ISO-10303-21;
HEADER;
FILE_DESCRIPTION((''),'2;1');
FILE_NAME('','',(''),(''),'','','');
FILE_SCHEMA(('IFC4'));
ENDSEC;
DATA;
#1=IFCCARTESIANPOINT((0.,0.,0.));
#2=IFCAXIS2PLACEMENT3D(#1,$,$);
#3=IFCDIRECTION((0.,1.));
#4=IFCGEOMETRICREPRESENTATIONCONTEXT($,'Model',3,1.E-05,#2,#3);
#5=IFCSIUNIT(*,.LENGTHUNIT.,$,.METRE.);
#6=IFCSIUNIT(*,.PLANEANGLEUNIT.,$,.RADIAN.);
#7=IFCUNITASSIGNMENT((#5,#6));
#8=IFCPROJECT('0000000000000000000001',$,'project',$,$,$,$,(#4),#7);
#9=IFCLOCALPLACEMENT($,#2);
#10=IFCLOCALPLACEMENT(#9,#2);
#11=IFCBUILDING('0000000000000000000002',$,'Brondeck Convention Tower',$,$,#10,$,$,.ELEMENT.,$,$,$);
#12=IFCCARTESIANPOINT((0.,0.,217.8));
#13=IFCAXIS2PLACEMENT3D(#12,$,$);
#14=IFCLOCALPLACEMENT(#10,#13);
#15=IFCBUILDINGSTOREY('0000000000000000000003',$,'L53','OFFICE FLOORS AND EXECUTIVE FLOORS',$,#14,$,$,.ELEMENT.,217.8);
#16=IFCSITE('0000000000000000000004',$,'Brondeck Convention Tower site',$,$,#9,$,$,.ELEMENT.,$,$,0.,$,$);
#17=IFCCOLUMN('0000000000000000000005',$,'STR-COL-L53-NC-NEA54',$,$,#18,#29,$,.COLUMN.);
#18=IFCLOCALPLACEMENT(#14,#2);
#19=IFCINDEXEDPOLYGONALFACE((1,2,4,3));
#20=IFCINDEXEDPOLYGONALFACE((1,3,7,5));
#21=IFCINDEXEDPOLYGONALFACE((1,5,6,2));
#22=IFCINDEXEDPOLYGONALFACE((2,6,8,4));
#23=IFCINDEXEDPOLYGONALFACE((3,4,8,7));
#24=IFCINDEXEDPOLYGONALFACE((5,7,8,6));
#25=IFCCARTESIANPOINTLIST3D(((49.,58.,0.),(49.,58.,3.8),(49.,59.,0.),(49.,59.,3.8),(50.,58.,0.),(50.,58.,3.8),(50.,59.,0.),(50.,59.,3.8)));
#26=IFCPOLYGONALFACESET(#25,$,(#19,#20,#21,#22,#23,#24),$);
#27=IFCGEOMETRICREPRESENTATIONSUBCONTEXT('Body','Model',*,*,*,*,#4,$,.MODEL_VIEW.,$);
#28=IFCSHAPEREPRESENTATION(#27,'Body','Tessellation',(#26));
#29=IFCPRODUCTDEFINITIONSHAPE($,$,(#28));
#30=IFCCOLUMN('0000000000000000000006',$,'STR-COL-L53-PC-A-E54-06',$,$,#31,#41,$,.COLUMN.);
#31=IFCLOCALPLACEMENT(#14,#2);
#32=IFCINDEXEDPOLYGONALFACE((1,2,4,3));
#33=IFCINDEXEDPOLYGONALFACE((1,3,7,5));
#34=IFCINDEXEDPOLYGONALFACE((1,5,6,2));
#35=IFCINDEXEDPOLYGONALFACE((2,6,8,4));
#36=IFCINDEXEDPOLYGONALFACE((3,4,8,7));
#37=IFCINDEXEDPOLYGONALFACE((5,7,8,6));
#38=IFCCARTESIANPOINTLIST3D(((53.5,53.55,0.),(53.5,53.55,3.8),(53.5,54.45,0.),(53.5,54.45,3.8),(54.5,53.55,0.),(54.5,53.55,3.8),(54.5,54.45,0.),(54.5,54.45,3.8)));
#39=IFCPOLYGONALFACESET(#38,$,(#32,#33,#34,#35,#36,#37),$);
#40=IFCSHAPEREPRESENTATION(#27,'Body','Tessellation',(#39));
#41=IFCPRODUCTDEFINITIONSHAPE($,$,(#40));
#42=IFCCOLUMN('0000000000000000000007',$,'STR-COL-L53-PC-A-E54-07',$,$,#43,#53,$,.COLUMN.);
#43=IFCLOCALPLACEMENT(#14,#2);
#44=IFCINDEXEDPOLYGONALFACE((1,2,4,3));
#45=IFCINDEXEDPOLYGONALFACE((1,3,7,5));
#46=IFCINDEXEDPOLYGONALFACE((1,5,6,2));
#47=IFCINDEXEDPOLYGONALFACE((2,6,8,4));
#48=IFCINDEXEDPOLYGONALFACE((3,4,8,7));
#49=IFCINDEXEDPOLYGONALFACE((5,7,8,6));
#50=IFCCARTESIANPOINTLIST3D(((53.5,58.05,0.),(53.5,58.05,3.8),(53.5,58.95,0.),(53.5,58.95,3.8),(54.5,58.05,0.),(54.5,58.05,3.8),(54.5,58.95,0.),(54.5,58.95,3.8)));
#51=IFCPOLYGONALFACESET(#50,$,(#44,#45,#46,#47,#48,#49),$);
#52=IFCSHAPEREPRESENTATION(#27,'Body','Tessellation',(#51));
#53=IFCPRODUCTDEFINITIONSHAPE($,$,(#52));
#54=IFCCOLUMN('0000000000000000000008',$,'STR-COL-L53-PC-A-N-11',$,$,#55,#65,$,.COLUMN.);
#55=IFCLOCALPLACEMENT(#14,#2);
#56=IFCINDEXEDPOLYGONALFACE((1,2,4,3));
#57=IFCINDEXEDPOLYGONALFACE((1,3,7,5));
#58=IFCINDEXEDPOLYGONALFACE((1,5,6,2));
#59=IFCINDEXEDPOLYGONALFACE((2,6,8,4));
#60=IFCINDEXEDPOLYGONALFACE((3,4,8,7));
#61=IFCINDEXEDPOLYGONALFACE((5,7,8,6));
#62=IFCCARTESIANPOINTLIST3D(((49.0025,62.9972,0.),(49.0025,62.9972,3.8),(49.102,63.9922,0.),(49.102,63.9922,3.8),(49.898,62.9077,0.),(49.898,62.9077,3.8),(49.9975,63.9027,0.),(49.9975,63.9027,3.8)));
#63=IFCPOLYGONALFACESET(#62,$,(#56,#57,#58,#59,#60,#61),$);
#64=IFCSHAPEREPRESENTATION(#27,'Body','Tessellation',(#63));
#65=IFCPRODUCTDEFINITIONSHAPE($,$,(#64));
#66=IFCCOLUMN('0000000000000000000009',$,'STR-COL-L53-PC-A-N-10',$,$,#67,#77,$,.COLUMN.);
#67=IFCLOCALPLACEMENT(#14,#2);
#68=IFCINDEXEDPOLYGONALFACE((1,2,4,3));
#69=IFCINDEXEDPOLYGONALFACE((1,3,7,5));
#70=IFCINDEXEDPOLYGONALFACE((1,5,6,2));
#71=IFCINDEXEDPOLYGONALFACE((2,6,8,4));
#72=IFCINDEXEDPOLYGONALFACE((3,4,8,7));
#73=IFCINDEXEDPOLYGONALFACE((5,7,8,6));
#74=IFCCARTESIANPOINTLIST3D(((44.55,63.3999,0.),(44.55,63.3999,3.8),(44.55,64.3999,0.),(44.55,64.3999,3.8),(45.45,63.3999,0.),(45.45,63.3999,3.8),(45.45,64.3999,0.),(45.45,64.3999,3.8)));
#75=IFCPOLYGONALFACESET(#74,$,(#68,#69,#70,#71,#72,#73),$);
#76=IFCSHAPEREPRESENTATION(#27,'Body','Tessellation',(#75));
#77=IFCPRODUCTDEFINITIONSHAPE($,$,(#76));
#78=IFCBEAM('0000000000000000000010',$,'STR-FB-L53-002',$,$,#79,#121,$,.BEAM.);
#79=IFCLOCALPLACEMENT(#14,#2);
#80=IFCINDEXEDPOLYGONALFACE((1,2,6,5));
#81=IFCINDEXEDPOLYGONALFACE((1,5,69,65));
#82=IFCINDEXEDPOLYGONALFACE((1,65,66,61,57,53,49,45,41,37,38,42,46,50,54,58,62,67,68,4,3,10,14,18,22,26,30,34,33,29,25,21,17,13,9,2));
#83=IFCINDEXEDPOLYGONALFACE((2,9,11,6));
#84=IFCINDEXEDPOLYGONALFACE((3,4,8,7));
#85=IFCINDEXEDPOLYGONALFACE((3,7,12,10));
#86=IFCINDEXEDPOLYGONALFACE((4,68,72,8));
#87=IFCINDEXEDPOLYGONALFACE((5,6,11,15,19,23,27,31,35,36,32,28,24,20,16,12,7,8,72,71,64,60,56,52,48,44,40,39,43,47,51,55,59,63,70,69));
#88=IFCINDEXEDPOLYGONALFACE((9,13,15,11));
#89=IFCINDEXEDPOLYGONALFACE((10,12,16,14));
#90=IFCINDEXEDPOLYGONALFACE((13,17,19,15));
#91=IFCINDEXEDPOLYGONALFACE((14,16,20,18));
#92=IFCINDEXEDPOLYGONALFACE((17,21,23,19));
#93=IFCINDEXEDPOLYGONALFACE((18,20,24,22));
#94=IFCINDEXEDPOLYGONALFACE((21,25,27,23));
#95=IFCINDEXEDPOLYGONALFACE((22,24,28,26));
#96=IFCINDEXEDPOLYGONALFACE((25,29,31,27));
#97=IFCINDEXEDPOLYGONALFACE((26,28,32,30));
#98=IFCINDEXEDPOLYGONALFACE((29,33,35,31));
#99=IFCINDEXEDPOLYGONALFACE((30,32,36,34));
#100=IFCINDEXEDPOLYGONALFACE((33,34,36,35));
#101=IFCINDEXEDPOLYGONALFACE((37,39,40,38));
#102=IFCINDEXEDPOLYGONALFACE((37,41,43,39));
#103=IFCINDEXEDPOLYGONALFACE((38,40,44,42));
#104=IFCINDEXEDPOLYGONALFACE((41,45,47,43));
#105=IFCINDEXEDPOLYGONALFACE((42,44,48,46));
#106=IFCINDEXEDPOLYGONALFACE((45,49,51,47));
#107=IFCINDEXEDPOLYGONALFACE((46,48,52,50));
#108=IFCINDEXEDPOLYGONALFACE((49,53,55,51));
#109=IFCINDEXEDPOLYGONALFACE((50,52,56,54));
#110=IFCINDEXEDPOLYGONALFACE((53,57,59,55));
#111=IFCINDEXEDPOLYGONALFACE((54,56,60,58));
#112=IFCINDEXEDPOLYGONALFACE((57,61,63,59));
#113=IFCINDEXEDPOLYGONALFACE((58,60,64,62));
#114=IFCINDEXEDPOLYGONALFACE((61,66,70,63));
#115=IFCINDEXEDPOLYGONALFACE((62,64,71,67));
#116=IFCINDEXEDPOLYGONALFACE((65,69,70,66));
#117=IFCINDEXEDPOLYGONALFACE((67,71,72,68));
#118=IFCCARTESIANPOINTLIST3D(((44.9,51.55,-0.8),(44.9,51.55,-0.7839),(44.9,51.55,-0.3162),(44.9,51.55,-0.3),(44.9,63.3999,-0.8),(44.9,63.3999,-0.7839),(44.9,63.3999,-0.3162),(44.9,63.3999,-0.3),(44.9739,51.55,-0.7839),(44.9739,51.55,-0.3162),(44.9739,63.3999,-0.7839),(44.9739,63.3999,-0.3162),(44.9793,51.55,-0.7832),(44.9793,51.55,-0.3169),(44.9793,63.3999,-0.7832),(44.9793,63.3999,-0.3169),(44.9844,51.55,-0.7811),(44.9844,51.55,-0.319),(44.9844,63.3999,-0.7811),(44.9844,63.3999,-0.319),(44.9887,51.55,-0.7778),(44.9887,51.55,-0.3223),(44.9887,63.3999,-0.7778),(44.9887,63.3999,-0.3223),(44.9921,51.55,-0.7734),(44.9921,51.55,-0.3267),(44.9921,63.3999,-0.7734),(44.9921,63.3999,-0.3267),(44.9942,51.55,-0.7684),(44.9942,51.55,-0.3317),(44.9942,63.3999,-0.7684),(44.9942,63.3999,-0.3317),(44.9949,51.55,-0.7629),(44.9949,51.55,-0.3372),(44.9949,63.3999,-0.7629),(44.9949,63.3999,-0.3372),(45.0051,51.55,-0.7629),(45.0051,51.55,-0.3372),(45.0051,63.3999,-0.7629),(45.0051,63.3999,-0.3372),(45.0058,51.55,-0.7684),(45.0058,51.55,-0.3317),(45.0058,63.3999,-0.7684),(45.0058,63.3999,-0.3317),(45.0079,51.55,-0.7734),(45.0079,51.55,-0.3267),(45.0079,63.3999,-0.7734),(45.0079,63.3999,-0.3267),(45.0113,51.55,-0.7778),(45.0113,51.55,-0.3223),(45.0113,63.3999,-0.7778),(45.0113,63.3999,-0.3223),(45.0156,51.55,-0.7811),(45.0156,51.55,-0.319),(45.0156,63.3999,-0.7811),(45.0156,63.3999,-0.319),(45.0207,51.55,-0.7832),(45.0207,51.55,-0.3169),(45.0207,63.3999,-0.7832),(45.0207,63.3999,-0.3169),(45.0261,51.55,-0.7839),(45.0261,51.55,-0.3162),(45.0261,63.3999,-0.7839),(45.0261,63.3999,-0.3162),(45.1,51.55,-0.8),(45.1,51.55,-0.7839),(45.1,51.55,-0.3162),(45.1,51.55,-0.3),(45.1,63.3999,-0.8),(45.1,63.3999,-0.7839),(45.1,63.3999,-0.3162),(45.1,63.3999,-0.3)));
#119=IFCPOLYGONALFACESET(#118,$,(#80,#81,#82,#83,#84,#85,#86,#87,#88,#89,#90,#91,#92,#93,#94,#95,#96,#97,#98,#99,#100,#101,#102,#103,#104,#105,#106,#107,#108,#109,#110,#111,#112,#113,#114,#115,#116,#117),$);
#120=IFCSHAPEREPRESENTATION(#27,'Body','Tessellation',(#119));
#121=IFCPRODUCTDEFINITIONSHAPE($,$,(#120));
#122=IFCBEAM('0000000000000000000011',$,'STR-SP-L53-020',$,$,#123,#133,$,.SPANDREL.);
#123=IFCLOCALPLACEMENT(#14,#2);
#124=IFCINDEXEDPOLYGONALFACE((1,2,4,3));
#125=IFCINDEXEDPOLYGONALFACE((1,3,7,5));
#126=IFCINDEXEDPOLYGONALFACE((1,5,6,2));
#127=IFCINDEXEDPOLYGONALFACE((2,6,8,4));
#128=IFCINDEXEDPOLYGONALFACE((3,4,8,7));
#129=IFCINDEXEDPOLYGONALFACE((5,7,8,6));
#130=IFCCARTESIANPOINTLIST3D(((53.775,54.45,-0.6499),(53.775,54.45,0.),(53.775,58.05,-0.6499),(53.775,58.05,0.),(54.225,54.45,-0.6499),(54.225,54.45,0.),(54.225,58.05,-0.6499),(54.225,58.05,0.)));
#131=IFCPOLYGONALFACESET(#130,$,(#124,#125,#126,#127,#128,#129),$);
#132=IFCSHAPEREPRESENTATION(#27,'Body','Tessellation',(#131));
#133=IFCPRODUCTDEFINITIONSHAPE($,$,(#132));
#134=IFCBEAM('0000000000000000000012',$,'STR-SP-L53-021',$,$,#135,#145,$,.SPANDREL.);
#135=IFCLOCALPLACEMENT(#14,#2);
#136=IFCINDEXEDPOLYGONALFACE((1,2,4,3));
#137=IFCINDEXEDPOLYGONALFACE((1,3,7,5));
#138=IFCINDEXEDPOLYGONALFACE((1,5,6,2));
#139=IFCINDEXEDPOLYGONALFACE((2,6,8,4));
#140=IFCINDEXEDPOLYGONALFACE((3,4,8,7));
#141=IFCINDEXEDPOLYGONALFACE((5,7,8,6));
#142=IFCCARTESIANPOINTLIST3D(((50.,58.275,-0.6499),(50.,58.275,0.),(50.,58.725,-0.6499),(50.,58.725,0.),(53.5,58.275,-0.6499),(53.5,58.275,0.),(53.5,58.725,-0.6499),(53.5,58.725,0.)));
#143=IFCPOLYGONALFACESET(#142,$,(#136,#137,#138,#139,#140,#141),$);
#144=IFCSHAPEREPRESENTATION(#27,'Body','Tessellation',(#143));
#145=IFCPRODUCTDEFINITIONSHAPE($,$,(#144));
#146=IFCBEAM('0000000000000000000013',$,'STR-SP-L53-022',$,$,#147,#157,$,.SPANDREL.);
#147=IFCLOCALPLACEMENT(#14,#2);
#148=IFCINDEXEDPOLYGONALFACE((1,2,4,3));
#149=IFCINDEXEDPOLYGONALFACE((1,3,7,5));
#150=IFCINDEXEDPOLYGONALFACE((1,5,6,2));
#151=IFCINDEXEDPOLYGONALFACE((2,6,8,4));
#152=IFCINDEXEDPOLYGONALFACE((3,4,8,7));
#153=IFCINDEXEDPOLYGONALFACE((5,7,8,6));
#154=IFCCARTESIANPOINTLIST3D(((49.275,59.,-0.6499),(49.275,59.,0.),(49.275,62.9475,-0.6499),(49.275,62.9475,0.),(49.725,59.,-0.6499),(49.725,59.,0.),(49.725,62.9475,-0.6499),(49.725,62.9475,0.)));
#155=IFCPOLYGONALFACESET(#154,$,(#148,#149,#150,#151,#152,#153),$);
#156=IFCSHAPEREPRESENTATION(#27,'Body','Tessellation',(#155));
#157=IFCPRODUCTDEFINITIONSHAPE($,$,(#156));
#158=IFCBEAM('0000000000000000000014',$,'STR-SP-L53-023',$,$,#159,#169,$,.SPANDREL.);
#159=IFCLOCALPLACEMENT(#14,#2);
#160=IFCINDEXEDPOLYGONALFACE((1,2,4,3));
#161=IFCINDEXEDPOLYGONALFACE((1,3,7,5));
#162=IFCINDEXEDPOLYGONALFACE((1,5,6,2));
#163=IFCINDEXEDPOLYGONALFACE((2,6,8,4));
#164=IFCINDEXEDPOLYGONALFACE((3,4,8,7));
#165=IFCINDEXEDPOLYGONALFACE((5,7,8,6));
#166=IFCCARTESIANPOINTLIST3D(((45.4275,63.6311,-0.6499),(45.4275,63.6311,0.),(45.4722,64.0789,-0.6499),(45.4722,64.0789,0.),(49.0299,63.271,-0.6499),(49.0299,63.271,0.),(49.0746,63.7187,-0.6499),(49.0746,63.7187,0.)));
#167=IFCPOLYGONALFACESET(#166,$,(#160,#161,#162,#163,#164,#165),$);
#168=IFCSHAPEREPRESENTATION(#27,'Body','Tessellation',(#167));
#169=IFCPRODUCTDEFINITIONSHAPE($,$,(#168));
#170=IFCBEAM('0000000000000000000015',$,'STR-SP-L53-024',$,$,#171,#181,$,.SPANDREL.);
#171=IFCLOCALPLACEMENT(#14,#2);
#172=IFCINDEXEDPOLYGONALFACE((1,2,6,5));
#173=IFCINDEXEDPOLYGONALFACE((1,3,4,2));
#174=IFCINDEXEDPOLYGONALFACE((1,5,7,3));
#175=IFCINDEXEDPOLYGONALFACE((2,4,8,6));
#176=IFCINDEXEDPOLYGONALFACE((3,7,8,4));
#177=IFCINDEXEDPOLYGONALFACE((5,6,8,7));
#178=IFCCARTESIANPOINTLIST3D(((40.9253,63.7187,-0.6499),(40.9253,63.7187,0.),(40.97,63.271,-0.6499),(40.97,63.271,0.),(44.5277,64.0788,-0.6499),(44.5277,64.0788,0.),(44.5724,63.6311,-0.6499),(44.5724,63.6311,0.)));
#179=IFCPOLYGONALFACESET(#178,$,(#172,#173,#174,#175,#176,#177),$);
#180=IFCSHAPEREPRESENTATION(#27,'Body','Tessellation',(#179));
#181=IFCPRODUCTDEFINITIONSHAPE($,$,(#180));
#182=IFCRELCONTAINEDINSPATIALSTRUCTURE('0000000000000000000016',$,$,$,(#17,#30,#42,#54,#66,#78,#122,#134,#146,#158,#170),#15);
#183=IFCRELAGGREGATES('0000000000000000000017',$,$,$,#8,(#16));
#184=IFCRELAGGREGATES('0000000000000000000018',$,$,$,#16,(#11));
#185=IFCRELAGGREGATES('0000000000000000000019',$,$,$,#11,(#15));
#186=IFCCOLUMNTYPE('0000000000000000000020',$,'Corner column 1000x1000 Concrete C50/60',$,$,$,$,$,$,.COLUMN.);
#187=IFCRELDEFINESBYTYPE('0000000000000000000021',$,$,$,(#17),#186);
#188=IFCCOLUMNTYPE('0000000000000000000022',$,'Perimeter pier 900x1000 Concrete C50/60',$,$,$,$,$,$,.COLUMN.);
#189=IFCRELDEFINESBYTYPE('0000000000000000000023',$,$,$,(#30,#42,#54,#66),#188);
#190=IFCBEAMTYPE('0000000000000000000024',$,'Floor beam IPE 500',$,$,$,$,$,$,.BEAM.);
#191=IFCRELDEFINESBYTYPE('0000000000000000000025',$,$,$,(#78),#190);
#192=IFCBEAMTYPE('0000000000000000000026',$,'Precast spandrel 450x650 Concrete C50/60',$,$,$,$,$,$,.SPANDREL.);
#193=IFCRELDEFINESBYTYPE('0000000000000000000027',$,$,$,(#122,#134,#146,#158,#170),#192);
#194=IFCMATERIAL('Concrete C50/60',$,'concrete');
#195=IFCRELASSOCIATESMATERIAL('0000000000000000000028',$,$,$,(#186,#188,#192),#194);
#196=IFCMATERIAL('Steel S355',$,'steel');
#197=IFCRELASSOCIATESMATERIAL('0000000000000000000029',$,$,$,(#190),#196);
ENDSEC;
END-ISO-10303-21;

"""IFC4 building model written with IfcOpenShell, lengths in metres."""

from ifc_helpers import new_model, si_unit, direction, frame, origin, origin_2d, place, context, subcontext, project, spatial, rectangle, i_section, extrude, material, material_profile, profile_set, type_object, element, save


model = new_model("IFC4")

# Units and contexts
model_context = context("Model", 3, precision=1e-05, world=origin(), true_north=direction((0.0, 1.0)))
body_context = subcontext(model_context, "Body", "Model", "MODEL_VIEW")
ifc_project = project(units=[si_unit("LENGTHUNIT", "METRE"), si_unit("PLANEANGLEUNIT", "RADIAN")], contexts=[model_context])

# Site, building, storey
site_placement = place(None, origin())
site = spatial("IfcSite", under=ifc_project, at=site_placement, Name="Brondeck Convention Tower site", CompositionType="ELEMENT", RefElevation=0.0)
building_placement = place(site_placement, origin())
building = spatial("IfcBuilding", under=site, at=building_placement, Name="Brondeck Convention Tower", CompositionType="ELEMENT")
storey_placement = place(building_placement, frame((0.0, 0.0, 217.8)))
storey = spatial("IfcBuildingStorey", under=building, at=storey_placement, Name="L53", Description="OFFICE FLOORS AND EXECUTIVE FLOORS", CompositionType="ELEMENT", Elevation=217.8)

# Columns
ifc_material_1 = material(Name="Concrete C50/60", Category="concrete")
ifc_material_profile_1 = material_profile(ifc_material_1, rectangle(XDim=1.0, YDim=1.0, at=origin_2d()), Name="Corner column 1000x1000 Concrete C50/60")
ifc_profile_set_1 = profile_set([ifc_material_profile_1], Name="Concrete C50/60")
column_type_1 = type_object("IfcColumnType", Name="Corner column 1000x1000 Concrete C50/60", PredefinedType="COLUMN", material=ifc_profile_set_1)
column_placement = place(storey_placement, frame((49.5, 58.5, 0.0), z_axis=(0.0, 0.0, 1.0), x_axis=(1.0, 0.0, 0.0)))
element("IfcColumn", 1, at=column_placement, inside=storey, type_object=column_type_1, Name="STR-COL-L53-NC-NEA54", PredefinedType="COLUMN", context=body_context, shape_type="SweptSolid", body=[
    extrude(rectangle(XDim=1.0, YDim=1.0, at=origin_2d()), origin(), (0.0, 0.0, 1.0), 3.8),
])
ifc_material_profile_2 = material_profile(ifc_material_1, rectangle(XDim=0.8999, YDim=1.0, at=origin_2d()), Name="Perimeter pier 900x1000 Concrete C50/60")
ifc_profile_set_2 = profile_set([ifc_material_profile_2], Name="Concrete C50/60")
column_type_2 = type_object("IfcColumnType", Name="Perimeter pier 900x1000 Concrete C50/60", PredefinedType="COLUMN", material=ifc_profile_set_2)
for number, where, z_axis, x_axis, name in (
    (2, (54.0, 54.0, 0.0), (0.0, 0.0, 1.0), (0.0, 1.0, 0.0), "STR-COL-L53-PC-A-E54-06"),
    (3, (54.0, 58.5, 0.0), (0.0, 0.0, 1.0), (0.0, 1.0, 0.0), "STR-COL-L53-PC-A-E54-07"),
    (4, (49.5, 63.45, 0.0), (0.0, 0.0, 1.0), (-0.995037, 0.099504, 0.0), "STR-COL-L53-PC-A-N-11"),
    (5, (45.0, 63.8999, 0.0), (0.0, 0.0, 1.0), (-1.0, 0.0, 0.0), "STR-COL-L53-PC-A-N-10"),
):
    element("IfcColumn", number, at=place(storey_placement, frame(where, z_axis=z_axis, x_axis=x_axis)), inside=storey, type_object=column_type_2, Name=name, PredefinedType="COLUMN", context=body_context, shape_type="SweptSolid", body=[
        extrude(rectangle(XDim=0.8999, YDim=1.0, at=origin_2d()), origin(), (0.0, 0.0, 1.0), 3.8),
    ])

# Beams
ifc_material_2 = material(Name="Steel S355", Category="steel")
ifc_material_profile_3 = material_profile(ifc_material_2, i_section(OverallWidth=0.2, OverallDepth=0.5, WebThickness=0.0103, FlangeThickness=0.0161, FilletRadius=0.021, at=origin_2d()), Name="IPE 500")
ifc_profile_set_3 = profile_set([ifc_material_profile_3], Name="Steel S355")
beam_type_1 = type_object("IfcBeamType", Name="Floor beam IPE 500", PredefinedType="BEAM", material=ifc_profile_set_3)
beam_1_placement = place(storey_placement, frame((45.0, 51.55, -0.55), z_axis=(0.0, 1.0, 0.0), x_axis=(-1.0, 0.0, 0.0)))
element("IfcBeam", 6, at=beam_1_placement, inside=storey, type_object=beam_type_1, Name="STR-FB-L53-002", PredefinedType="BEAM", context=body_context, shape_type="SweptSolid", body=[
    extrude(i_section(OverallWidth=0.2, OverallDepth=0.5, WebThickness=0.0103, FlangeThickness=0.0161, FilletRadius=0.021, at=origin_2d()), origin(), (0.0, 0.0, 1.0), 11.8499),
])
ifc_material_profile_4 = material_profile(ifc_material_1, rectangle(XDim=0.45, YDim=0.6499, at=origin_2d()), Name="Precast spandrel 450x650 Concrete C50/60")
ifc_profile_set_4 = profile_set([ifc_material_profile_4], Name="Concrete C50/60")
beam_type_2 = type_object("IfcBeamType", Name="Precast spandrel 450x650 Concrete C50/60", PredefinedType="SPANDREL", material=ifc_profile_set_4)
beam_2_placement = place(storey_placement, frame((54.0, 54.45, -0.325), z_axis=(0.0, 1.0, 0.0), x_axis=(-1.0, 0.0, 0.0)))
element("IfcBeam", 7, at=beam_2_placement, inside=storey, type_object=beam_type_2, Name="STR-SP-L53-020", PredefinedType="SPANDREL", context=body_context, shape_type="SweptSolid", body=[
    extrude(rectangle(XDim=0.45, YDim=0.6499, at=origin_2d()), origin(), (0.0, 0.0, 1.0), 3.6001),
])
beam_3_placement = place(storey_placement, frame((53.5, 58.5, -0.325), z_axis=(-1.0, 0.0, 0.0), x_axis=(0.0, -1.0, 0.0)))
element("IfcBeam", 8, at=beam_3_placement, inside=storey, type_object=beam_type_2, Name="STR-SP-L53-021", PredefinedType="SPANDREL", context=body_context, shape_type="SweptSolid", body=[
    extrude(rectangle(XDim=0.45, YDim=0.6499, at=origin_2d()), origin(), (0.0, 0.0, 1.0), 3.5),
])
beam_4_placement = place(storey_placement, frame((49.5, 59.0, -0.325), z_axis=(0.0, 1.0, 0.0), x_axis=(-1.0, 0.0, 0.0)))
element("IfcBeam", 9, at=beam_4_placement, inside=storey, type_object=beam_type_2, Name="STR-SP-L53-022", PredefinedType="SPANDREL", context=body_context, shape_type="SweptSolid", body=[
    extrude(rectangle(XDim=0.45, YDim=0.6499, at=origin_2d()), origin(), (0.0, 0.0, 1.0), 3.9475),
])
for number, where, z_axis, x_axis, name in (
    (10, (49.0522, 63.4949, -0.325), (-0.995041, 0.09947, 0.0), (-0.09947, -0.995041, 0.0), "STR-SP-L53-023"),
    (11, (44.55, 63.855, -0.325), (-0.995041, -0.09947, 0.0), (0.09947, -0.995041, 0.0), "STR-SP-L53-024"),
):
    element("IfcBeam", number, at=place(storey_placement, frame(where, z_axis=z_axis, x_axis=x_axis)), inside=storey, type_object=beam_type_2, Name=name, PredefinedType="SPANDREL", context=body_context, shape_type="SweptSolid", body=[
        extrude(rectangle(XDim=0.45, YDim=0.6499, at=origin_2d()), origin(), (0.0, 0.0, 1.0), 3.6204),
    ])

save(model, "model.ifc")
